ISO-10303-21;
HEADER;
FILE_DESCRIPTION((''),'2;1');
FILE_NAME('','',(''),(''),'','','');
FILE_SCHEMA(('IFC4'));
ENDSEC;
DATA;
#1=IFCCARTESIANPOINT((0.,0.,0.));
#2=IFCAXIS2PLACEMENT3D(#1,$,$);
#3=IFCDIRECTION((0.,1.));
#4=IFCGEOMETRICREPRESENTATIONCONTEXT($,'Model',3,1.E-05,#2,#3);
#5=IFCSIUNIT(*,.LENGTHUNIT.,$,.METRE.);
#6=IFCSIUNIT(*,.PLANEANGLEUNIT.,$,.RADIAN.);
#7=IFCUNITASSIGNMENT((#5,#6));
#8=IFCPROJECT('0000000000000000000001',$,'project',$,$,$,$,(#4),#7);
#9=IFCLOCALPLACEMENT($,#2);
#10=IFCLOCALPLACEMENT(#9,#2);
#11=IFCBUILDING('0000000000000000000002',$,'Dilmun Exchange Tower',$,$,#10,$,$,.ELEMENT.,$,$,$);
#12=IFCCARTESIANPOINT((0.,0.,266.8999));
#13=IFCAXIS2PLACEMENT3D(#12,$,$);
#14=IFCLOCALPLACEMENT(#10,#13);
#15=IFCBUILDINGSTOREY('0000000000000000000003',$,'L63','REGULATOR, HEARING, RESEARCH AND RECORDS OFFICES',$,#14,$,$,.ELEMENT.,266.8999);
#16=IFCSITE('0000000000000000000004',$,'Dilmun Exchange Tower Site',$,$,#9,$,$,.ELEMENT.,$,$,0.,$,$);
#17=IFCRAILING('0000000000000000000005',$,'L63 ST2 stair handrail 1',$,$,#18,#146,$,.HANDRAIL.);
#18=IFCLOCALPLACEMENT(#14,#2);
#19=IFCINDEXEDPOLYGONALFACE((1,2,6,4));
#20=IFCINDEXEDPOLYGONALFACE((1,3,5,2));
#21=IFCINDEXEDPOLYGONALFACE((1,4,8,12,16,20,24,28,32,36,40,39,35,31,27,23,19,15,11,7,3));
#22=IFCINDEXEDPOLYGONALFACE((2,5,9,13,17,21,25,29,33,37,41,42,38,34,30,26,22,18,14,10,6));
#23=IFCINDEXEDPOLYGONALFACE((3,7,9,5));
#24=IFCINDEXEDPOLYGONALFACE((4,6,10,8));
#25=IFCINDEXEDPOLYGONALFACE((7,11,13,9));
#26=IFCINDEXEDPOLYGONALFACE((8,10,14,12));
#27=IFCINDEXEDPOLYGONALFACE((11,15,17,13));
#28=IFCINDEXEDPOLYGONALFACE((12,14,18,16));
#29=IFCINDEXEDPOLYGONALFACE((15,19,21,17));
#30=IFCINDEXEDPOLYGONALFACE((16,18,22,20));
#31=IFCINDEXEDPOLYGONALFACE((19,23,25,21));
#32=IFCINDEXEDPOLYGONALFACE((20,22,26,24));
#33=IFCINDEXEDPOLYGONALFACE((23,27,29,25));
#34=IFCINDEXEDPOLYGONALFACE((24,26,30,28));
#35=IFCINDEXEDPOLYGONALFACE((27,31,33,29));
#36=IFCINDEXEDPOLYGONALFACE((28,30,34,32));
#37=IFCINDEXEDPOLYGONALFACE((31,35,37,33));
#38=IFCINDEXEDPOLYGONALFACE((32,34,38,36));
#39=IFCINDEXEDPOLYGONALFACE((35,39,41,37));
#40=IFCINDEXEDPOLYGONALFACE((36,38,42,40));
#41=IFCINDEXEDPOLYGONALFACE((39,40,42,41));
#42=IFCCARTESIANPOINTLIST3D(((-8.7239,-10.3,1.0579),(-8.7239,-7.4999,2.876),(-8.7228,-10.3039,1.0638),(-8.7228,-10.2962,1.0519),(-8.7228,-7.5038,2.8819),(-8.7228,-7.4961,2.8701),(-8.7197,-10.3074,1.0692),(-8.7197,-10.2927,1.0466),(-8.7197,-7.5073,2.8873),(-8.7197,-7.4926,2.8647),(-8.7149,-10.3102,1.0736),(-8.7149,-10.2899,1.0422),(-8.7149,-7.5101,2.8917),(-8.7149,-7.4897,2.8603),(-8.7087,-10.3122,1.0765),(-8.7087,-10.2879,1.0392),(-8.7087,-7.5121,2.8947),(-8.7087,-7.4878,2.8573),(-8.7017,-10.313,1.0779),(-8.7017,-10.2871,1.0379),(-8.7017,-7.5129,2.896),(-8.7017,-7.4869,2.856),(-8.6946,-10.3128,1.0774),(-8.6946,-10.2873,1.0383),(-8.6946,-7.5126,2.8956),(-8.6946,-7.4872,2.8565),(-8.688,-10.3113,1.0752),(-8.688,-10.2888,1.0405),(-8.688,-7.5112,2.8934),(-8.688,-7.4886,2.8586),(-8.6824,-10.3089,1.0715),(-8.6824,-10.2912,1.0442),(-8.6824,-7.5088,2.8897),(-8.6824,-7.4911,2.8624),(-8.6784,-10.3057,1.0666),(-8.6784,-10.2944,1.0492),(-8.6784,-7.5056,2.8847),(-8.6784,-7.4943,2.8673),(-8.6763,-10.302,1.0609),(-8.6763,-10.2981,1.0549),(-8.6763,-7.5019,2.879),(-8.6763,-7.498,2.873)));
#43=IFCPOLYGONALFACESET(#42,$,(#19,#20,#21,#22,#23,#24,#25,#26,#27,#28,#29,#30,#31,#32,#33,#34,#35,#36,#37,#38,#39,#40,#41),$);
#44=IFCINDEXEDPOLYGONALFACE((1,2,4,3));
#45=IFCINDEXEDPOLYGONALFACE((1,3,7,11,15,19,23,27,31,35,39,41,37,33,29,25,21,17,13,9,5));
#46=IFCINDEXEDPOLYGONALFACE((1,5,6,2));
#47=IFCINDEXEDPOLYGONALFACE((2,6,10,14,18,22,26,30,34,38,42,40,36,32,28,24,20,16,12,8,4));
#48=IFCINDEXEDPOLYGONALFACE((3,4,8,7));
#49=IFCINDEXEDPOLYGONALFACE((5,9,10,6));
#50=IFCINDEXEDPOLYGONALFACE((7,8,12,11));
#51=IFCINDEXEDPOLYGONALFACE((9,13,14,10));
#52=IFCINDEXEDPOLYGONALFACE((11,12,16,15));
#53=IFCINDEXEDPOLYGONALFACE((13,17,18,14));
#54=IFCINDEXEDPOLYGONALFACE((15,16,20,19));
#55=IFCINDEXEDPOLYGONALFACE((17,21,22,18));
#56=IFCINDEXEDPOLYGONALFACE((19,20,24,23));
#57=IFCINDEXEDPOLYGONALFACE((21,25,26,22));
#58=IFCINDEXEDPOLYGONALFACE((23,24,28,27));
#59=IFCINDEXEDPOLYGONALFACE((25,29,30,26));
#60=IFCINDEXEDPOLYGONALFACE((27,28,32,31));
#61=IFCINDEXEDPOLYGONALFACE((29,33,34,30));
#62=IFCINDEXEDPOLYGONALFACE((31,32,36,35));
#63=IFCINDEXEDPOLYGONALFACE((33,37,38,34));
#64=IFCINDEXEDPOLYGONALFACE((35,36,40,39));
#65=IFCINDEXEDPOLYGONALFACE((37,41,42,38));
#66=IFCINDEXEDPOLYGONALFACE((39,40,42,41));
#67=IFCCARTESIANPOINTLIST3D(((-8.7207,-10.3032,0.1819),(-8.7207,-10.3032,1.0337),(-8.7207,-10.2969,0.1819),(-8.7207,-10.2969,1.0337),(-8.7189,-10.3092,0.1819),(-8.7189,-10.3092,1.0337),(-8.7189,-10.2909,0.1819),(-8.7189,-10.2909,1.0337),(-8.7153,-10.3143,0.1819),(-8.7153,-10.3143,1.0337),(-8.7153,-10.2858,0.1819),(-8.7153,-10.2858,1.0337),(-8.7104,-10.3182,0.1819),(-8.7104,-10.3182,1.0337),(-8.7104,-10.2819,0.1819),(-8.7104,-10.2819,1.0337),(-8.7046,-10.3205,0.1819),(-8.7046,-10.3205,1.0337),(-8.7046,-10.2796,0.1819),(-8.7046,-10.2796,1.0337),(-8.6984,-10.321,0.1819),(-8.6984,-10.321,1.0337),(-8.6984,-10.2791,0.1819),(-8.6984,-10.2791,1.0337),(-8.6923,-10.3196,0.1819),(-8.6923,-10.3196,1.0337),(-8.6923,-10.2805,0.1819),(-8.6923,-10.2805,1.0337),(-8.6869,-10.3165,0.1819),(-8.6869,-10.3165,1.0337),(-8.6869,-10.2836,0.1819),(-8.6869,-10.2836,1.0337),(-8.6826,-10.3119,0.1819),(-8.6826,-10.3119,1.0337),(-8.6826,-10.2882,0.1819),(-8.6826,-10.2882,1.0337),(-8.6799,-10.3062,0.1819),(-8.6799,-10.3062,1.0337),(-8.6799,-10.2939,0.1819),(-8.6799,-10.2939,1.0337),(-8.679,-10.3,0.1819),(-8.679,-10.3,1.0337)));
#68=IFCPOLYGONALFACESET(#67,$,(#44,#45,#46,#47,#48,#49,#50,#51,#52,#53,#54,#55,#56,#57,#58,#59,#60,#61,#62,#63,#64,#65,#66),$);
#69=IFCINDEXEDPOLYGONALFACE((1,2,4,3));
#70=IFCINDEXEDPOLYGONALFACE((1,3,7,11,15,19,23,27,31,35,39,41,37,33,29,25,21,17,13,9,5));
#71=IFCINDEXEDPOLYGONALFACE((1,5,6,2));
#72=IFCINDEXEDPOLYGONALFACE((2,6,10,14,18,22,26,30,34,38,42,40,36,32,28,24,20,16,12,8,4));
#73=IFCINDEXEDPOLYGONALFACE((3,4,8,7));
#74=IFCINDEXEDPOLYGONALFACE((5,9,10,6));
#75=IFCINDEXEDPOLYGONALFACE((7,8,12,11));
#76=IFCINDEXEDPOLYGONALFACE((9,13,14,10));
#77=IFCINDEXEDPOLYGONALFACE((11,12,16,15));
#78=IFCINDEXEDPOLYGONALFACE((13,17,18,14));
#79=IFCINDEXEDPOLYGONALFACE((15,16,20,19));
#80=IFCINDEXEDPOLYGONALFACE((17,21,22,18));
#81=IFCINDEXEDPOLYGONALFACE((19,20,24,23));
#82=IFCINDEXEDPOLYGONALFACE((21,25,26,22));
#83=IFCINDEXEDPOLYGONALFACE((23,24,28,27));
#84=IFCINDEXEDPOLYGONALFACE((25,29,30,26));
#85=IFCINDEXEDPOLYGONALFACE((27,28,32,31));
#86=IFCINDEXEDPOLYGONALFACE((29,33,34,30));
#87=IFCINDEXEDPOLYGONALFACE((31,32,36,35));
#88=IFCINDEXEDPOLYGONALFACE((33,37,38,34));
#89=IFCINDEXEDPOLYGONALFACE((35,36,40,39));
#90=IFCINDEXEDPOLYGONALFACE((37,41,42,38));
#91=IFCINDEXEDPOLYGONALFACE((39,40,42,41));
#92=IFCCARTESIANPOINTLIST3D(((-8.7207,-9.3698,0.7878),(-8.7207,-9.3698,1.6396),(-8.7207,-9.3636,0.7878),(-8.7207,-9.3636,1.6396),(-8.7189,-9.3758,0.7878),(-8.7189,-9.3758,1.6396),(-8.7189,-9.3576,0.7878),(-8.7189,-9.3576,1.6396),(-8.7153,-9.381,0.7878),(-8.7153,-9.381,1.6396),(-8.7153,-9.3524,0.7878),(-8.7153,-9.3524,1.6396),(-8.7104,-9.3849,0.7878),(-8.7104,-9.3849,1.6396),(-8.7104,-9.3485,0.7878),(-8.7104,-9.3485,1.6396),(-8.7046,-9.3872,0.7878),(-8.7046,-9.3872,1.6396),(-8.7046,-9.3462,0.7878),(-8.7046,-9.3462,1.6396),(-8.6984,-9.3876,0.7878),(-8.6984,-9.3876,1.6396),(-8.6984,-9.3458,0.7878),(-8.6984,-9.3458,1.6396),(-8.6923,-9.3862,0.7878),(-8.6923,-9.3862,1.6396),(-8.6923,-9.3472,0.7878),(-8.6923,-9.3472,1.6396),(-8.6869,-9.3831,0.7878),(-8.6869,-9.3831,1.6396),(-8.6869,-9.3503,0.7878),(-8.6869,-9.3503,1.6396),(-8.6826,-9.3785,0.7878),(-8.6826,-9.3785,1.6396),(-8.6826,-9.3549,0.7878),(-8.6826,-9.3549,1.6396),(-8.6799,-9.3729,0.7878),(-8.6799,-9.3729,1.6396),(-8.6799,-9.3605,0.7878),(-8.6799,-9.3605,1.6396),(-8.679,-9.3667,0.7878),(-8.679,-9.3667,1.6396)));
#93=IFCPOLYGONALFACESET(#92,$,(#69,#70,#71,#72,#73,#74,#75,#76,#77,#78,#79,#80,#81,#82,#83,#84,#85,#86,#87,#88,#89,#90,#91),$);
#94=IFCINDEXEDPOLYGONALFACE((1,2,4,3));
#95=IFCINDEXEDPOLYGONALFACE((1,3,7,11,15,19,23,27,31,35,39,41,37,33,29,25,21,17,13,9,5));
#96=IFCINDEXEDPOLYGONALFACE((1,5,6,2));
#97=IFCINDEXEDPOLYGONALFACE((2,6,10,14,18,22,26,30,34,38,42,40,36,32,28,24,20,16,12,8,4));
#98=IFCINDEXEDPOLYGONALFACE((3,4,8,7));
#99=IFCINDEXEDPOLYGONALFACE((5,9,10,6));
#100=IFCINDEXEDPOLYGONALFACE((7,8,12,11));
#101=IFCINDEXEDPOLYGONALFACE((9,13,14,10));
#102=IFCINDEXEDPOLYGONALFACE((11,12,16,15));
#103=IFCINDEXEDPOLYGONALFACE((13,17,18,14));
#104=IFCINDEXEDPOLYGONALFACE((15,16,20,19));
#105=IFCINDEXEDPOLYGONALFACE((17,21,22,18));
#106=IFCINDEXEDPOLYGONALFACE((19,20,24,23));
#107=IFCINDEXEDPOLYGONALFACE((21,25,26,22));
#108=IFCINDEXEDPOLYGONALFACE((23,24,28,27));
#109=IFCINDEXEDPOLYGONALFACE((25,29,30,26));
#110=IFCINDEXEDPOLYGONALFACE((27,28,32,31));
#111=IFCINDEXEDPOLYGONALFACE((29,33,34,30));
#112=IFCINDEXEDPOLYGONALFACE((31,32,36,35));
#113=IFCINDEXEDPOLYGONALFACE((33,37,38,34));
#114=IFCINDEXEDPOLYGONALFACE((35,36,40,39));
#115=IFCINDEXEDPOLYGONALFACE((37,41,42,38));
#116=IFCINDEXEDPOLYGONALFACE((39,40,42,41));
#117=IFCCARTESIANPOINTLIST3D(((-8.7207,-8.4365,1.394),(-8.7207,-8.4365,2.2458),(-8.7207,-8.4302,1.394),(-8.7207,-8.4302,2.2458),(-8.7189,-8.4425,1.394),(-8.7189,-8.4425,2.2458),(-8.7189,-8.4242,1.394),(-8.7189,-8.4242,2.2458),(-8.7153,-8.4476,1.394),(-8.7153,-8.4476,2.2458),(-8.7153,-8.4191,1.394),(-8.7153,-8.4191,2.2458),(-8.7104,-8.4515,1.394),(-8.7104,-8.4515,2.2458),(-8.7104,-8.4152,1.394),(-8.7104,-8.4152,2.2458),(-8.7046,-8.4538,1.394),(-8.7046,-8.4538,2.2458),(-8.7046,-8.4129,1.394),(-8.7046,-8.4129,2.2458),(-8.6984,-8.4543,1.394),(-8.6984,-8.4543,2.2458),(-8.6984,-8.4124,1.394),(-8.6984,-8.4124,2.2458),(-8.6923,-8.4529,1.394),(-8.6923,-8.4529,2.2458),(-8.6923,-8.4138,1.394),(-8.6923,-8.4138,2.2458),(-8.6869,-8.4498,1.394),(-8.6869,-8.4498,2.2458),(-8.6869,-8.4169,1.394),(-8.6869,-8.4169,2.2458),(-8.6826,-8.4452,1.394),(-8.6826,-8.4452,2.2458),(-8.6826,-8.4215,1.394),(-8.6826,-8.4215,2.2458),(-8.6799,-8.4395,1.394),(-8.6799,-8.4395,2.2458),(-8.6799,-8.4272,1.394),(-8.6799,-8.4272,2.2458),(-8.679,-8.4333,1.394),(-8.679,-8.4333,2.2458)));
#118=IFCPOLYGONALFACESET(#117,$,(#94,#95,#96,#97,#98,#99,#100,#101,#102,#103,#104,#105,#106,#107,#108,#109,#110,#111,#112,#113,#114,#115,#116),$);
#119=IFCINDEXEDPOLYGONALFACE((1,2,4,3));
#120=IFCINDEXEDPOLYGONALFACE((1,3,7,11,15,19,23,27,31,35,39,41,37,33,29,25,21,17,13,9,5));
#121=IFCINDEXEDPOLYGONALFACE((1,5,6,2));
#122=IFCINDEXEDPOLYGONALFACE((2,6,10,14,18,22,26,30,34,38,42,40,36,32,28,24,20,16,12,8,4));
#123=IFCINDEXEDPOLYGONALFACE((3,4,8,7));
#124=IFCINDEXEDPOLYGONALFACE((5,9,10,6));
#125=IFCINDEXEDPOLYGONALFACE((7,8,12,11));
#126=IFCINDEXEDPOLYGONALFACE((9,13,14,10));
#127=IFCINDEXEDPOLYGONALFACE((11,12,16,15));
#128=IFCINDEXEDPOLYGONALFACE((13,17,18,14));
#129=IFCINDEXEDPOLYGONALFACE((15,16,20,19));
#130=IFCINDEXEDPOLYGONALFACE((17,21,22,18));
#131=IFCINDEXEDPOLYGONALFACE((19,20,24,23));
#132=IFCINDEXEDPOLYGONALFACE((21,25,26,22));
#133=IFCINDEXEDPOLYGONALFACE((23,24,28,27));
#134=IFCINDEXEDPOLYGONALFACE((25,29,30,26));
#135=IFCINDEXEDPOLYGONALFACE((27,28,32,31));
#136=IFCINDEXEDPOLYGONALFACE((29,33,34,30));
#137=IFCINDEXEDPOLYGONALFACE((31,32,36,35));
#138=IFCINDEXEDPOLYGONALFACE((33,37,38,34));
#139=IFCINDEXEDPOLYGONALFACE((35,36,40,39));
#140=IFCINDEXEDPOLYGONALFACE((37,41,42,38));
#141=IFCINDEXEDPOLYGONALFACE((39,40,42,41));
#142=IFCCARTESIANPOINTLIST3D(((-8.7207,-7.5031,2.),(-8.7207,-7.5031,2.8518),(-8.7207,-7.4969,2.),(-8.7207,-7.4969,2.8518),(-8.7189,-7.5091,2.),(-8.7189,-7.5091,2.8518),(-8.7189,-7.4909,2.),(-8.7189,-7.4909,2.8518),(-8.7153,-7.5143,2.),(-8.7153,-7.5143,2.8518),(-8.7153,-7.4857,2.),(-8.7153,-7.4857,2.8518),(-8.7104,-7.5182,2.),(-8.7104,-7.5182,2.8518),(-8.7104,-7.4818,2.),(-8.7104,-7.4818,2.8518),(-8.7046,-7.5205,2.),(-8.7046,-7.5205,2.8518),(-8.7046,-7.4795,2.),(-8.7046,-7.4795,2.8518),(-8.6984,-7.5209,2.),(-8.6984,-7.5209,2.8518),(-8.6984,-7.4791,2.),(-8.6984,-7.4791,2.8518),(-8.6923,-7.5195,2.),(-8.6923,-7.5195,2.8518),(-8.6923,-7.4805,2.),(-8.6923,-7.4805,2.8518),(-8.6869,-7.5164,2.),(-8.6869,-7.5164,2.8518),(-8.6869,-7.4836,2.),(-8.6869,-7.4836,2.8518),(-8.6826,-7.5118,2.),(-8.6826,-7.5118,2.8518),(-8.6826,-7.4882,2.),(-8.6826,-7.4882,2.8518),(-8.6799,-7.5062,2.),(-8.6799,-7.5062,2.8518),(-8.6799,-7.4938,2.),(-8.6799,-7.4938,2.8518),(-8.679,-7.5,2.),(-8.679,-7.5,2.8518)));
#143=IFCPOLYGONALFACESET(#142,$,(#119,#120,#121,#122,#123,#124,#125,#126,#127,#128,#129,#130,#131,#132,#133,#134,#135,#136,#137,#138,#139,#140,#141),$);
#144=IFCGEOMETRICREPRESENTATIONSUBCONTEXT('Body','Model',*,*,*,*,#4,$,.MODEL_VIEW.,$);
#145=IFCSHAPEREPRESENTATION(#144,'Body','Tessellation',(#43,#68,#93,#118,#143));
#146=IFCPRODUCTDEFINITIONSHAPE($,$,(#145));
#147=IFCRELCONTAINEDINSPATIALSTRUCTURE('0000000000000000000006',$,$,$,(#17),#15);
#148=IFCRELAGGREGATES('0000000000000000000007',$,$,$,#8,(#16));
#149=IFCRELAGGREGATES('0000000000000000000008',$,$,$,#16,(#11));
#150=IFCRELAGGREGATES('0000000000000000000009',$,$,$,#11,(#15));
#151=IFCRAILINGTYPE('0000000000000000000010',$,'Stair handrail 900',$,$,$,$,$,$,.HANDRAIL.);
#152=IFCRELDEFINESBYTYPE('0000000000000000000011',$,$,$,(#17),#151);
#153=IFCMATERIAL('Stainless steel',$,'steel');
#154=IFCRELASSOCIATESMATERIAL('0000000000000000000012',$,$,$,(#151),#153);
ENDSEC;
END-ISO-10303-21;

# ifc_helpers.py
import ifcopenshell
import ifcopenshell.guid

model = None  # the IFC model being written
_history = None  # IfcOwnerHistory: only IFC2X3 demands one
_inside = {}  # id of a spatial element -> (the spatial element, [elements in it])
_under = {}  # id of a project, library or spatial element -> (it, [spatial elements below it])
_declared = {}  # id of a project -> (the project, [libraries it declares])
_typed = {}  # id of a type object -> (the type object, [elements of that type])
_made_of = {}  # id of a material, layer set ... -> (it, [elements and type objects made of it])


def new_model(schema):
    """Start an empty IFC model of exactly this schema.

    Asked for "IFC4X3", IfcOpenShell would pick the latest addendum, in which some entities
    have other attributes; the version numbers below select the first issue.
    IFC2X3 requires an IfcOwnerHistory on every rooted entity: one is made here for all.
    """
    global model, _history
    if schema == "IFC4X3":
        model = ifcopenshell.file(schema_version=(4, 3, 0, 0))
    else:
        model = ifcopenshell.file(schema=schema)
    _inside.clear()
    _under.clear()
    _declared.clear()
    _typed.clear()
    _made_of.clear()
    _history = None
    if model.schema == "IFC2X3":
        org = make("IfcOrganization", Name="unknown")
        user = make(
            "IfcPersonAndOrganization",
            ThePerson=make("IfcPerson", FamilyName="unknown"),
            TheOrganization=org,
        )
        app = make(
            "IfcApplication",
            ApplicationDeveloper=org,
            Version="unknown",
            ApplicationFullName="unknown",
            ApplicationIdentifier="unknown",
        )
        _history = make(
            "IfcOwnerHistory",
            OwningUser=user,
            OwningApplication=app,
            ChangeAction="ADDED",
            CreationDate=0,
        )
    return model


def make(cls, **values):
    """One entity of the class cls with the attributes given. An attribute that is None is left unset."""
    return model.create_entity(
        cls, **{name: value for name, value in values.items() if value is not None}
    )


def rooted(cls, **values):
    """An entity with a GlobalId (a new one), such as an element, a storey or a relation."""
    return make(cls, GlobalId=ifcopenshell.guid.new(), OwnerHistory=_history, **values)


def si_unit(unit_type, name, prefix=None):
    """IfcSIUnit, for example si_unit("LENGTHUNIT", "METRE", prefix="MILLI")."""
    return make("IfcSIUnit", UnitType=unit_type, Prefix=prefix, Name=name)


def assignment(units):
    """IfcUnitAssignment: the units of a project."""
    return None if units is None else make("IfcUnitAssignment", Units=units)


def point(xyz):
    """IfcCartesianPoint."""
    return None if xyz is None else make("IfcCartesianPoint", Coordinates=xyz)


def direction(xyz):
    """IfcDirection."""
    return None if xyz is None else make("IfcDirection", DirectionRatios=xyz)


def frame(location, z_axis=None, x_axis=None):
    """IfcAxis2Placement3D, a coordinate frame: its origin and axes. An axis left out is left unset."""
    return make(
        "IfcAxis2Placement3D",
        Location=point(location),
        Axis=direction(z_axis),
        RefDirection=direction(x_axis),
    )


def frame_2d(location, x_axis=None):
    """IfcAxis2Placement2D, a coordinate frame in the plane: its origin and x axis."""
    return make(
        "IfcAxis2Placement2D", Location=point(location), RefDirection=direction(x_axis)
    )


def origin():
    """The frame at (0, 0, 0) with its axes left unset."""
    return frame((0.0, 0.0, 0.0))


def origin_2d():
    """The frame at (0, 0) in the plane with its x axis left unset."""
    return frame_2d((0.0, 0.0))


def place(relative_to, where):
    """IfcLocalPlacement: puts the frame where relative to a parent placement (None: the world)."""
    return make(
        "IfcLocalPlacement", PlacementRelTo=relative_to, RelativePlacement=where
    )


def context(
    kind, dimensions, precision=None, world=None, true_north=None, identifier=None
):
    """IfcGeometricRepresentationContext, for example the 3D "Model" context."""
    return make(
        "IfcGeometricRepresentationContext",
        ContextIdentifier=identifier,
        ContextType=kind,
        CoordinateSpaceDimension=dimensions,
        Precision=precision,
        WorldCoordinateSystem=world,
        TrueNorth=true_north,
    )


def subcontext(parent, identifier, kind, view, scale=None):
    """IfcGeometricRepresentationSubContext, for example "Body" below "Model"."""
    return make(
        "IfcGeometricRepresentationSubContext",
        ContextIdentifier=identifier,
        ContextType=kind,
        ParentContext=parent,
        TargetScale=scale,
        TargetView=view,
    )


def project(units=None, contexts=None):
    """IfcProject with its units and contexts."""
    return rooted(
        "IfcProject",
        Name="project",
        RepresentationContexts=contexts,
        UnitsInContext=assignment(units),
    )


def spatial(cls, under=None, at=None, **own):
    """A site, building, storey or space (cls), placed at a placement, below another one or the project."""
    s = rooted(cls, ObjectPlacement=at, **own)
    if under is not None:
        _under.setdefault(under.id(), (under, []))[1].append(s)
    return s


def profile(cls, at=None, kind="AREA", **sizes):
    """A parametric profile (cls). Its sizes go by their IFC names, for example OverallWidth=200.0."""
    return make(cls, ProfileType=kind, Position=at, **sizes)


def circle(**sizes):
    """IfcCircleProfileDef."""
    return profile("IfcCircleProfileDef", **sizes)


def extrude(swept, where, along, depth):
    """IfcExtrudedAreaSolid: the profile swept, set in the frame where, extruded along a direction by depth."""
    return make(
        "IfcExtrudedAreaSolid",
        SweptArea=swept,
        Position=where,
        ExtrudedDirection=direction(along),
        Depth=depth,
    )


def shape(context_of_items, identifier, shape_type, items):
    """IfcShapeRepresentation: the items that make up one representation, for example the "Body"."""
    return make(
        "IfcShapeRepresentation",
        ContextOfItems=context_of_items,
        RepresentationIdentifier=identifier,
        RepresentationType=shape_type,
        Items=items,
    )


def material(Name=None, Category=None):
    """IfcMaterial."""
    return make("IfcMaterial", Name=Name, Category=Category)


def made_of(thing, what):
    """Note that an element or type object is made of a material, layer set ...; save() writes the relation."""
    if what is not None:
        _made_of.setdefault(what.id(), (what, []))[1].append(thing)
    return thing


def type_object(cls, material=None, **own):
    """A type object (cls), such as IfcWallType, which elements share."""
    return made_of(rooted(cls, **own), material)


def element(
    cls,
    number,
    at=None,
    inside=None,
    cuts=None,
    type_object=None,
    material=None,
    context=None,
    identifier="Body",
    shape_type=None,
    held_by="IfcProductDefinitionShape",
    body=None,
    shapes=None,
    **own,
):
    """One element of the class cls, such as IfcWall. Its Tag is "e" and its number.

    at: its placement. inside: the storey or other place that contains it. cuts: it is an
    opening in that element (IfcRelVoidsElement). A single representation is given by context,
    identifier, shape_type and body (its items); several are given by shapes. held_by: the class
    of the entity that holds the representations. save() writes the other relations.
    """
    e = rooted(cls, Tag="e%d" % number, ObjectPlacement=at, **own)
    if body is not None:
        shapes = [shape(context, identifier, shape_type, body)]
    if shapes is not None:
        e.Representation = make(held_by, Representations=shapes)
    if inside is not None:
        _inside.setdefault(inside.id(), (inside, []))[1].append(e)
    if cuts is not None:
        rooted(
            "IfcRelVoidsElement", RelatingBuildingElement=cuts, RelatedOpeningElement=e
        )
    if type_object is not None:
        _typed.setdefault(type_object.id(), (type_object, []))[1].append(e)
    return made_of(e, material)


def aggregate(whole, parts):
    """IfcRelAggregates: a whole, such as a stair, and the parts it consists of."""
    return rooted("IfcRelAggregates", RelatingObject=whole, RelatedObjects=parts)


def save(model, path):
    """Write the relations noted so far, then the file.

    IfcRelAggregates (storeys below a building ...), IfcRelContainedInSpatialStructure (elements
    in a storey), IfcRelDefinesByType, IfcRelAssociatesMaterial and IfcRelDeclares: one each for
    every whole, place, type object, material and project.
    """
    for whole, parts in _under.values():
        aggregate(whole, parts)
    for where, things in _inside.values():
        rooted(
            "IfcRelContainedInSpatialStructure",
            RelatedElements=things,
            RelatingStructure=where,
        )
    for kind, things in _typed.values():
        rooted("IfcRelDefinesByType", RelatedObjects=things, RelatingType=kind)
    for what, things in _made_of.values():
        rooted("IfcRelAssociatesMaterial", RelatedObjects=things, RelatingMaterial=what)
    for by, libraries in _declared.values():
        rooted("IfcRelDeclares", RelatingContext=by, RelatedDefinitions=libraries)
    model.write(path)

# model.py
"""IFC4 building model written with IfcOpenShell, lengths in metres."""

from ifc_helpers import new_model, si_unit, direction, frame, origin, origin_2d, place, context, subcontext, project, spatial, circle, extrude, material, type_object, element, save


model = new_model("IFC4")

# Units and contexts
model_context = context("Model", 3, precision=1e-05, world=origin(), true_north=direction((0.0, 1.0)))
body_context = subcontext(model_context, "Body", "Model", "MODEL_VIEW")
ifc_project = project(units=[si_unit("LENGTHUNIT", "METRE"), si_unit("PLANEANGLEUNIT", "RADIAN")], contexts=[model_context])

# Site, building, storey
site_placement = place(None, origin())
site = spatial("IfcSite", under=ifc_project, at=site_placement, Name="Dilmun Exchange Tower Site", CompositionType="ELEMENT", RefElevation=0.0)
building_placement = place(site_placement, origin())
building = spatial("IfcBuilding", under=site, at=building_placement, Name="Dilmun Exchange Tower", CompositionType="ELEMENT")
storey_placement = place(building_placement, frame((0.0, 0.0, 266.8999)))
storey = spatial("IfcBuildingStorey", under=building, at=storey_placement, Name="L63", Description="REGULATOR, HEARING, RESEARCH AND RECORDS OFFICES", CompositionType="ELEMENT", Elevation=266.8999)

# Railing
ifc_material_1 = material(Name="Stainless steel", Category="steel")
railing_type = type_object("IfcRailingType", Name="Stair handrail 900", PredefinedType="HANDRAIL", material=ifc_material_1)
railing_placement = place(storey_placement, frame((-8.7, -10.3, 0.1819)))
element("IfcRailing", 1, at=railing_placement, inside=storey, type_object=railing_type, Name="L63 ST2 stair handrail 1", PredefinedType="HANDRAIL", context=body_context, shape_type="SweptSolid", body=[
    extrude(circle(Radius=0.0239, at=origin_2d()), frame((0.0, 0.0, 0.876), z_axis=(0.0, 0.838706, 0.544585), x_axis=(-1.0, 0.0, 0.0)), (0.0, 0.0, 1.0), 3.3386),
    extrude(circle(Radius=0.021, at=origin_2d()), origin(), (0.0, 0.0, 1.0), 0.8518),
    extrude(circle(Radius=0.021, at=origin_2d()), frame((0.0, 0.9333, 0.606)), (0.0, 0.0, 1.0), 0.8518),
    extrude(circle(Radius=0.021, at=origin_2d()), frame((0.0, 1.8667, 1.2122)), (0.0, 0.0, 1.0), 0.8518),
    extrude(circle(Radius=0.021, at=origin_2d()), frame((0.0, 2.8, 1.8181)), (0.0, 0.0, 1.0), 0.8518),
])

save(model, "model.ifc")
